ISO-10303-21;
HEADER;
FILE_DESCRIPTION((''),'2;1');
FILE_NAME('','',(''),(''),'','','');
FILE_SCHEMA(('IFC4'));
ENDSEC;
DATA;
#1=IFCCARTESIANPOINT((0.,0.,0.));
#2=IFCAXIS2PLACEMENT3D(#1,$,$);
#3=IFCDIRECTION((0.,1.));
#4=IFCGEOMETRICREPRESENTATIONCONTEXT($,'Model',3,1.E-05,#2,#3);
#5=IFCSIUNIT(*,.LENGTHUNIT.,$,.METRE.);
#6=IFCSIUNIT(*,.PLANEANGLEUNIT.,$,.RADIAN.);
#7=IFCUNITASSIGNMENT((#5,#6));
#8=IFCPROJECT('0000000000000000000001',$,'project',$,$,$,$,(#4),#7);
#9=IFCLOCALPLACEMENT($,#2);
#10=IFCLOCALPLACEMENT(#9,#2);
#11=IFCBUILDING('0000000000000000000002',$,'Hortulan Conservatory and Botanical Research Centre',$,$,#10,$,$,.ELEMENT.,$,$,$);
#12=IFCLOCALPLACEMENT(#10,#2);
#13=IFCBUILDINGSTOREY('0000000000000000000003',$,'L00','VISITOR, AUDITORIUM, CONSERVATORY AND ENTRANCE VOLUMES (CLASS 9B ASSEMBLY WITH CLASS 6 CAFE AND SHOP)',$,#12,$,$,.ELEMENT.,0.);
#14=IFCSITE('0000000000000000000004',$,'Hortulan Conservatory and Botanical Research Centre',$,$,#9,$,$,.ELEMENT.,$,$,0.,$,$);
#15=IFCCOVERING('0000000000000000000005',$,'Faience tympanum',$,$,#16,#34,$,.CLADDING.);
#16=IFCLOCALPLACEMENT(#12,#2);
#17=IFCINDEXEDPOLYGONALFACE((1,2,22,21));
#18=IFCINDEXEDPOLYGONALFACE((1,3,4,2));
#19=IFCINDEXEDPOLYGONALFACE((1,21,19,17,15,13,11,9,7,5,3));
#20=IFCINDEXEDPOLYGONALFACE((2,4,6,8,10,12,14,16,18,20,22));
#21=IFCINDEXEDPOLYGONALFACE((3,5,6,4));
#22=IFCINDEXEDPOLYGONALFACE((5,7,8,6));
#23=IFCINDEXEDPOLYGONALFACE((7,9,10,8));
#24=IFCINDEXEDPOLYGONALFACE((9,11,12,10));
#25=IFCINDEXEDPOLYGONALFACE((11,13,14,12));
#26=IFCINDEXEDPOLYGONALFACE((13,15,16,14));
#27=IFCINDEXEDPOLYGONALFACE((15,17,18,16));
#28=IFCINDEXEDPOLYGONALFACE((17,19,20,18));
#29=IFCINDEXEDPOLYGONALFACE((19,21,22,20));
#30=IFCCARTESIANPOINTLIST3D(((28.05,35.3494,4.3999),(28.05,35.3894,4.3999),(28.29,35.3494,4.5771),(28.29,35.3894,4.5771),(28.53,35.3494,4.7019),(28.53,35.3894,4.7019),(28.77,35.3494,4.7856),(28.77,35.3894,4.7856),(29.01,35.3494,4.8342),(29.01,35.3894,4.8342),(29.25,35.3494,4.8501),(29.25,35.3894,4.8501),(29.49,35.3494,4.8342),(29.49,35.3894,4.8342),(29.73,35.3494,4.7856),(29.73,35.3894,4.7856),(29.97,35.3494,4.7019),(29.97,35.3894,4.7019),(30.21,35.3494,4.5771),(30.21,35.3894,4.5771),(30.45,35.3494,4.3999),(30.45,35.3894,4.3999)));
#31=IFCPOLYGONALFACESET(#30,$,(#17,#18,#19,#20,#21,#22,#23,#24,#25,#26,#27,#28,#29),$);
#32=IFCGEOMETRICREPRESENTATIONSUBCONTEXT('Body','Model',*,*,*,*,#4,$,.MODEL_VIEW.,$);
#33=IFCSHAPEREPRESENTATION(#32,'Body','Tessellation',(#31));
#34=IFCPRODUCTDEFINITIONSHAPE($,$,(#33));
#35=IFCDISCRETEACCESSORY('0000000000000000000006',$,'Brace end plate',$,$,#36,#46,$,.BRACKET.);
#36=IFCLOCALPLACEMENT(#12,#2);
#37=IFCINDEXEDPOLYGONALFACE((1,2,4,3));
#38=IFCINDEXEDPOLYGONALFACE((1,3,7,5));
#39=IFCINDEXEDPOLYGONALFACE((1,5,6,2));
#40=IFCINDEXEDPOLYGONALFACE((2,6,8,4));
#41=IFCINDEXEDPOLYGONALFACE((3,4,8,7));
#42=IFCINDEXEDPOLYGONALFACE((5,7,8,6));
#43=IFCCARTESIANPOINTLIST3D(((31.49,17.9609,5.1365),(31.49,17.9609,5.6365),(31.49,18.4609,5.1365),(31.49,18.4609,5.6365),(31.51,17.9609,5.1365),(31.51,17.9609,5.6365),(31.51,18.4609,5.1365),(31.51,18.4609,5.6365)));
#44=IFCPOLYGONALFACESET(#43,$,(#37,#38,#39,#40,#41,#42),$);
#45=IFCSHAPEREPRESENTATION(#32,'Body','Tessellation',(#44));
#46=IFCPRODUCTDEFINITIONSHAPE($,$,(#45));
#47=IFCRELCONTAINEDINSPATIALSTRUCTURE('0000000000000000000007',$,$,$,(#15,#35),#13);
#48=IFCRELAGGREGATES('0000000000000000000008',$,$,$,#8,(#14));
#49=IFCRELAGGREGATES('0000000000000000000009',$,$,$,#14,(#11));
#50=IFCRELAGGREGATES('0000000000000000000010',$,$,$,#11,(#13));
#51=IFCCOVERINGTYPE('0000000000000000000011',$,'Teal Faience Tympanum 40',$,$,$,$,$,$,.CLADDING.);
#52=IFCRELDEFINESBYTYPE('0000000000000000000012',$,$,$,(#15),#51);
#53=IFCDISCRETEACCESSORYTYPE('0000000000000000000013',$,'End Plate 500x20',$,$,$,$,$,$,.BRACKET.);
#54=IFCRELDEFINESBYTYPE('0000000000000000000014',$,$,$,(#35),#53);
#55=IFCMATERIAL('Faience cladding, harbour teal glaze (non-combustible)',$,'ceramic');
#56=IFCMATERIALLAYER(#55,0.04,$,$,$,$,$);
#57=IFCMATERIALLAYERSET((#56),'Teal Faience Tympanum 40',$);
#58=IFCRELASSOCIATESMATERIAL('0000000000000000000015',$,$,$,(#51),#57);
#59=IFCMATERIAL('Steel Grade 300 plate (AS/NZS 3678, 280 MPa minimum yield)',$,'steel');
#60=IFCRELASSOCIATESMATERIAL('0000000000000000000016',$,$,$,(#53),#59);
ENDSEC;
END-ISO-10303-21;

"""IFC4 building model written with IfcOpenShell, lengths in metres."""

from ifc_helpers import new_model, si_unit, direction, frame, origin, origin_2d, place, context, subcontext, project, spatial, polyline, rectangle, outline, extrude, material, layer, layer_set, type_object, element, save


model = new_model("IFC4")

# Units and contexts
model_context = context("Model", 3, precision=1e-05, world=origin(), true_north=direction((0.0, 1.0)))
body_context = subcontext(model_context, "Body", "Model", "MODEL_VIEW")
ifc_project = project(units=[si_unit("LENGTHUNIT", "METRE"), si_unit("PLANEANGLEUNIT", "RADIAN")], contexts=[model_context])

# Site, building, storey
site_placement = place(None, origin())
site = spatial("IfcSite", under=ifc_project, at=site_placement, Name="Hortulan Conservatory and Botanical Research Centre", CompositionType="ELEMENT", RefElevation=0.0)
building_placement = place(site_placement, origin())
building = spatial("IfcBuilding", under=site, at=building_placement, Name="Hortulan Conservatory and Botanical Research Centre", CompositionType="ELEMENT")
storey_placement = place(building_placement, origin())
storey = spatial("IfcBuildingStorey", under=building, at=storey_placement, Name="L00", Description="VISITOR, AUDITORIUM, CONSERVATORY AND ENTRANCE VOLUMES (CLASS 9B ASSEMBLY WITH CLASS 6 CAFE AND SHOP)", CompositionType="ELEMENT", Elevation=0.0)

# Covering
ifc_material_1 = material(Name="Faience cladding, harbour teal glaze (non-combustible)", Category="ceramic")
ifc_layer_1 = layer(ifc_material_1, 0.04)
ifc_layer_set_1 = layer_set([ifc_layer_1], Name="Teal Faience Tympanum 40")
covering_type_1 = type_object("IfcCoveringType", Name="Teal Faience Tympanum 40", PredefinedType="CLADDING", material=ifc_layer_set_1)
for number, where, z_axis, x_axis, name in (
    (1, (30.45, 35.3694, 4.3999), (0.0, 0.0, 1.0), (-1.0, 0.0, 0.0), "Faience tympanum"),
):
    element("IfcCovering", number, at=place(storey_placement, frame(where, z_axis=z_axis, x_axis=x_axis)), inside=storey, type_object=covering_type_1, Name=name, PredefinedType="CLADDING", context=body_context, shape_type="SweptSolid", body=[
        extrude(outline(polyline([(0.0, 0.0), (0.24, 0.1772), (0.48, 0.302), (0.72, 0.3857), (0.96, 0.4343), (1.2, 0.4502), (1.4399, 0.4343), (1.6799, 0.3857), (1.9199, 0.302), (2.1599, 0.1772), (2.3999, 0.0), (2.3999, 0.0), (0.0, 0.0), (0.0, 0.0)])), frame((0.0, 0.02, 0.0), z_axis=(0.0, -1.0, 0.0), x_axis=(1.0, 0.0, 0.0)), (0.0, 0.0, 1.0), 0.04),
    ])

# Discrete accessory
ifc_material_2 = material(Name="Steel Grade 300 plate (AS/NZS 3678, 280 MPa minimum yield)", Category="steel")
discrete_accessory_type = type_object("IfcDiscreteAccessoryType", Name="End Plate 500x20", PredefinedType="BRACKET", material=ifc_material_2)
discrete_accessory_placement = place(storey_placement, frame((31.5, 18.2109, 5.1365), z_axis=(0.0, 0.0, 1.0), x_axis=(0.0, -1.0, 0.0)))
element("IfcDiscreteAccessory", 2, at=discrete_accessory_placement, inside=storey, type_object=discrete_accessory_type, Name="Brace end plate", PredefinedType="BRACKET", context=body_context, shape_type="SweptSolid", body=[
    extrude(rectangle(XDim=0.5, YDim=0.02, at=origin_2d()), origin(), (0.0, 0.0, 1.0), 0.5),
])

save(model, "model.ifc")
